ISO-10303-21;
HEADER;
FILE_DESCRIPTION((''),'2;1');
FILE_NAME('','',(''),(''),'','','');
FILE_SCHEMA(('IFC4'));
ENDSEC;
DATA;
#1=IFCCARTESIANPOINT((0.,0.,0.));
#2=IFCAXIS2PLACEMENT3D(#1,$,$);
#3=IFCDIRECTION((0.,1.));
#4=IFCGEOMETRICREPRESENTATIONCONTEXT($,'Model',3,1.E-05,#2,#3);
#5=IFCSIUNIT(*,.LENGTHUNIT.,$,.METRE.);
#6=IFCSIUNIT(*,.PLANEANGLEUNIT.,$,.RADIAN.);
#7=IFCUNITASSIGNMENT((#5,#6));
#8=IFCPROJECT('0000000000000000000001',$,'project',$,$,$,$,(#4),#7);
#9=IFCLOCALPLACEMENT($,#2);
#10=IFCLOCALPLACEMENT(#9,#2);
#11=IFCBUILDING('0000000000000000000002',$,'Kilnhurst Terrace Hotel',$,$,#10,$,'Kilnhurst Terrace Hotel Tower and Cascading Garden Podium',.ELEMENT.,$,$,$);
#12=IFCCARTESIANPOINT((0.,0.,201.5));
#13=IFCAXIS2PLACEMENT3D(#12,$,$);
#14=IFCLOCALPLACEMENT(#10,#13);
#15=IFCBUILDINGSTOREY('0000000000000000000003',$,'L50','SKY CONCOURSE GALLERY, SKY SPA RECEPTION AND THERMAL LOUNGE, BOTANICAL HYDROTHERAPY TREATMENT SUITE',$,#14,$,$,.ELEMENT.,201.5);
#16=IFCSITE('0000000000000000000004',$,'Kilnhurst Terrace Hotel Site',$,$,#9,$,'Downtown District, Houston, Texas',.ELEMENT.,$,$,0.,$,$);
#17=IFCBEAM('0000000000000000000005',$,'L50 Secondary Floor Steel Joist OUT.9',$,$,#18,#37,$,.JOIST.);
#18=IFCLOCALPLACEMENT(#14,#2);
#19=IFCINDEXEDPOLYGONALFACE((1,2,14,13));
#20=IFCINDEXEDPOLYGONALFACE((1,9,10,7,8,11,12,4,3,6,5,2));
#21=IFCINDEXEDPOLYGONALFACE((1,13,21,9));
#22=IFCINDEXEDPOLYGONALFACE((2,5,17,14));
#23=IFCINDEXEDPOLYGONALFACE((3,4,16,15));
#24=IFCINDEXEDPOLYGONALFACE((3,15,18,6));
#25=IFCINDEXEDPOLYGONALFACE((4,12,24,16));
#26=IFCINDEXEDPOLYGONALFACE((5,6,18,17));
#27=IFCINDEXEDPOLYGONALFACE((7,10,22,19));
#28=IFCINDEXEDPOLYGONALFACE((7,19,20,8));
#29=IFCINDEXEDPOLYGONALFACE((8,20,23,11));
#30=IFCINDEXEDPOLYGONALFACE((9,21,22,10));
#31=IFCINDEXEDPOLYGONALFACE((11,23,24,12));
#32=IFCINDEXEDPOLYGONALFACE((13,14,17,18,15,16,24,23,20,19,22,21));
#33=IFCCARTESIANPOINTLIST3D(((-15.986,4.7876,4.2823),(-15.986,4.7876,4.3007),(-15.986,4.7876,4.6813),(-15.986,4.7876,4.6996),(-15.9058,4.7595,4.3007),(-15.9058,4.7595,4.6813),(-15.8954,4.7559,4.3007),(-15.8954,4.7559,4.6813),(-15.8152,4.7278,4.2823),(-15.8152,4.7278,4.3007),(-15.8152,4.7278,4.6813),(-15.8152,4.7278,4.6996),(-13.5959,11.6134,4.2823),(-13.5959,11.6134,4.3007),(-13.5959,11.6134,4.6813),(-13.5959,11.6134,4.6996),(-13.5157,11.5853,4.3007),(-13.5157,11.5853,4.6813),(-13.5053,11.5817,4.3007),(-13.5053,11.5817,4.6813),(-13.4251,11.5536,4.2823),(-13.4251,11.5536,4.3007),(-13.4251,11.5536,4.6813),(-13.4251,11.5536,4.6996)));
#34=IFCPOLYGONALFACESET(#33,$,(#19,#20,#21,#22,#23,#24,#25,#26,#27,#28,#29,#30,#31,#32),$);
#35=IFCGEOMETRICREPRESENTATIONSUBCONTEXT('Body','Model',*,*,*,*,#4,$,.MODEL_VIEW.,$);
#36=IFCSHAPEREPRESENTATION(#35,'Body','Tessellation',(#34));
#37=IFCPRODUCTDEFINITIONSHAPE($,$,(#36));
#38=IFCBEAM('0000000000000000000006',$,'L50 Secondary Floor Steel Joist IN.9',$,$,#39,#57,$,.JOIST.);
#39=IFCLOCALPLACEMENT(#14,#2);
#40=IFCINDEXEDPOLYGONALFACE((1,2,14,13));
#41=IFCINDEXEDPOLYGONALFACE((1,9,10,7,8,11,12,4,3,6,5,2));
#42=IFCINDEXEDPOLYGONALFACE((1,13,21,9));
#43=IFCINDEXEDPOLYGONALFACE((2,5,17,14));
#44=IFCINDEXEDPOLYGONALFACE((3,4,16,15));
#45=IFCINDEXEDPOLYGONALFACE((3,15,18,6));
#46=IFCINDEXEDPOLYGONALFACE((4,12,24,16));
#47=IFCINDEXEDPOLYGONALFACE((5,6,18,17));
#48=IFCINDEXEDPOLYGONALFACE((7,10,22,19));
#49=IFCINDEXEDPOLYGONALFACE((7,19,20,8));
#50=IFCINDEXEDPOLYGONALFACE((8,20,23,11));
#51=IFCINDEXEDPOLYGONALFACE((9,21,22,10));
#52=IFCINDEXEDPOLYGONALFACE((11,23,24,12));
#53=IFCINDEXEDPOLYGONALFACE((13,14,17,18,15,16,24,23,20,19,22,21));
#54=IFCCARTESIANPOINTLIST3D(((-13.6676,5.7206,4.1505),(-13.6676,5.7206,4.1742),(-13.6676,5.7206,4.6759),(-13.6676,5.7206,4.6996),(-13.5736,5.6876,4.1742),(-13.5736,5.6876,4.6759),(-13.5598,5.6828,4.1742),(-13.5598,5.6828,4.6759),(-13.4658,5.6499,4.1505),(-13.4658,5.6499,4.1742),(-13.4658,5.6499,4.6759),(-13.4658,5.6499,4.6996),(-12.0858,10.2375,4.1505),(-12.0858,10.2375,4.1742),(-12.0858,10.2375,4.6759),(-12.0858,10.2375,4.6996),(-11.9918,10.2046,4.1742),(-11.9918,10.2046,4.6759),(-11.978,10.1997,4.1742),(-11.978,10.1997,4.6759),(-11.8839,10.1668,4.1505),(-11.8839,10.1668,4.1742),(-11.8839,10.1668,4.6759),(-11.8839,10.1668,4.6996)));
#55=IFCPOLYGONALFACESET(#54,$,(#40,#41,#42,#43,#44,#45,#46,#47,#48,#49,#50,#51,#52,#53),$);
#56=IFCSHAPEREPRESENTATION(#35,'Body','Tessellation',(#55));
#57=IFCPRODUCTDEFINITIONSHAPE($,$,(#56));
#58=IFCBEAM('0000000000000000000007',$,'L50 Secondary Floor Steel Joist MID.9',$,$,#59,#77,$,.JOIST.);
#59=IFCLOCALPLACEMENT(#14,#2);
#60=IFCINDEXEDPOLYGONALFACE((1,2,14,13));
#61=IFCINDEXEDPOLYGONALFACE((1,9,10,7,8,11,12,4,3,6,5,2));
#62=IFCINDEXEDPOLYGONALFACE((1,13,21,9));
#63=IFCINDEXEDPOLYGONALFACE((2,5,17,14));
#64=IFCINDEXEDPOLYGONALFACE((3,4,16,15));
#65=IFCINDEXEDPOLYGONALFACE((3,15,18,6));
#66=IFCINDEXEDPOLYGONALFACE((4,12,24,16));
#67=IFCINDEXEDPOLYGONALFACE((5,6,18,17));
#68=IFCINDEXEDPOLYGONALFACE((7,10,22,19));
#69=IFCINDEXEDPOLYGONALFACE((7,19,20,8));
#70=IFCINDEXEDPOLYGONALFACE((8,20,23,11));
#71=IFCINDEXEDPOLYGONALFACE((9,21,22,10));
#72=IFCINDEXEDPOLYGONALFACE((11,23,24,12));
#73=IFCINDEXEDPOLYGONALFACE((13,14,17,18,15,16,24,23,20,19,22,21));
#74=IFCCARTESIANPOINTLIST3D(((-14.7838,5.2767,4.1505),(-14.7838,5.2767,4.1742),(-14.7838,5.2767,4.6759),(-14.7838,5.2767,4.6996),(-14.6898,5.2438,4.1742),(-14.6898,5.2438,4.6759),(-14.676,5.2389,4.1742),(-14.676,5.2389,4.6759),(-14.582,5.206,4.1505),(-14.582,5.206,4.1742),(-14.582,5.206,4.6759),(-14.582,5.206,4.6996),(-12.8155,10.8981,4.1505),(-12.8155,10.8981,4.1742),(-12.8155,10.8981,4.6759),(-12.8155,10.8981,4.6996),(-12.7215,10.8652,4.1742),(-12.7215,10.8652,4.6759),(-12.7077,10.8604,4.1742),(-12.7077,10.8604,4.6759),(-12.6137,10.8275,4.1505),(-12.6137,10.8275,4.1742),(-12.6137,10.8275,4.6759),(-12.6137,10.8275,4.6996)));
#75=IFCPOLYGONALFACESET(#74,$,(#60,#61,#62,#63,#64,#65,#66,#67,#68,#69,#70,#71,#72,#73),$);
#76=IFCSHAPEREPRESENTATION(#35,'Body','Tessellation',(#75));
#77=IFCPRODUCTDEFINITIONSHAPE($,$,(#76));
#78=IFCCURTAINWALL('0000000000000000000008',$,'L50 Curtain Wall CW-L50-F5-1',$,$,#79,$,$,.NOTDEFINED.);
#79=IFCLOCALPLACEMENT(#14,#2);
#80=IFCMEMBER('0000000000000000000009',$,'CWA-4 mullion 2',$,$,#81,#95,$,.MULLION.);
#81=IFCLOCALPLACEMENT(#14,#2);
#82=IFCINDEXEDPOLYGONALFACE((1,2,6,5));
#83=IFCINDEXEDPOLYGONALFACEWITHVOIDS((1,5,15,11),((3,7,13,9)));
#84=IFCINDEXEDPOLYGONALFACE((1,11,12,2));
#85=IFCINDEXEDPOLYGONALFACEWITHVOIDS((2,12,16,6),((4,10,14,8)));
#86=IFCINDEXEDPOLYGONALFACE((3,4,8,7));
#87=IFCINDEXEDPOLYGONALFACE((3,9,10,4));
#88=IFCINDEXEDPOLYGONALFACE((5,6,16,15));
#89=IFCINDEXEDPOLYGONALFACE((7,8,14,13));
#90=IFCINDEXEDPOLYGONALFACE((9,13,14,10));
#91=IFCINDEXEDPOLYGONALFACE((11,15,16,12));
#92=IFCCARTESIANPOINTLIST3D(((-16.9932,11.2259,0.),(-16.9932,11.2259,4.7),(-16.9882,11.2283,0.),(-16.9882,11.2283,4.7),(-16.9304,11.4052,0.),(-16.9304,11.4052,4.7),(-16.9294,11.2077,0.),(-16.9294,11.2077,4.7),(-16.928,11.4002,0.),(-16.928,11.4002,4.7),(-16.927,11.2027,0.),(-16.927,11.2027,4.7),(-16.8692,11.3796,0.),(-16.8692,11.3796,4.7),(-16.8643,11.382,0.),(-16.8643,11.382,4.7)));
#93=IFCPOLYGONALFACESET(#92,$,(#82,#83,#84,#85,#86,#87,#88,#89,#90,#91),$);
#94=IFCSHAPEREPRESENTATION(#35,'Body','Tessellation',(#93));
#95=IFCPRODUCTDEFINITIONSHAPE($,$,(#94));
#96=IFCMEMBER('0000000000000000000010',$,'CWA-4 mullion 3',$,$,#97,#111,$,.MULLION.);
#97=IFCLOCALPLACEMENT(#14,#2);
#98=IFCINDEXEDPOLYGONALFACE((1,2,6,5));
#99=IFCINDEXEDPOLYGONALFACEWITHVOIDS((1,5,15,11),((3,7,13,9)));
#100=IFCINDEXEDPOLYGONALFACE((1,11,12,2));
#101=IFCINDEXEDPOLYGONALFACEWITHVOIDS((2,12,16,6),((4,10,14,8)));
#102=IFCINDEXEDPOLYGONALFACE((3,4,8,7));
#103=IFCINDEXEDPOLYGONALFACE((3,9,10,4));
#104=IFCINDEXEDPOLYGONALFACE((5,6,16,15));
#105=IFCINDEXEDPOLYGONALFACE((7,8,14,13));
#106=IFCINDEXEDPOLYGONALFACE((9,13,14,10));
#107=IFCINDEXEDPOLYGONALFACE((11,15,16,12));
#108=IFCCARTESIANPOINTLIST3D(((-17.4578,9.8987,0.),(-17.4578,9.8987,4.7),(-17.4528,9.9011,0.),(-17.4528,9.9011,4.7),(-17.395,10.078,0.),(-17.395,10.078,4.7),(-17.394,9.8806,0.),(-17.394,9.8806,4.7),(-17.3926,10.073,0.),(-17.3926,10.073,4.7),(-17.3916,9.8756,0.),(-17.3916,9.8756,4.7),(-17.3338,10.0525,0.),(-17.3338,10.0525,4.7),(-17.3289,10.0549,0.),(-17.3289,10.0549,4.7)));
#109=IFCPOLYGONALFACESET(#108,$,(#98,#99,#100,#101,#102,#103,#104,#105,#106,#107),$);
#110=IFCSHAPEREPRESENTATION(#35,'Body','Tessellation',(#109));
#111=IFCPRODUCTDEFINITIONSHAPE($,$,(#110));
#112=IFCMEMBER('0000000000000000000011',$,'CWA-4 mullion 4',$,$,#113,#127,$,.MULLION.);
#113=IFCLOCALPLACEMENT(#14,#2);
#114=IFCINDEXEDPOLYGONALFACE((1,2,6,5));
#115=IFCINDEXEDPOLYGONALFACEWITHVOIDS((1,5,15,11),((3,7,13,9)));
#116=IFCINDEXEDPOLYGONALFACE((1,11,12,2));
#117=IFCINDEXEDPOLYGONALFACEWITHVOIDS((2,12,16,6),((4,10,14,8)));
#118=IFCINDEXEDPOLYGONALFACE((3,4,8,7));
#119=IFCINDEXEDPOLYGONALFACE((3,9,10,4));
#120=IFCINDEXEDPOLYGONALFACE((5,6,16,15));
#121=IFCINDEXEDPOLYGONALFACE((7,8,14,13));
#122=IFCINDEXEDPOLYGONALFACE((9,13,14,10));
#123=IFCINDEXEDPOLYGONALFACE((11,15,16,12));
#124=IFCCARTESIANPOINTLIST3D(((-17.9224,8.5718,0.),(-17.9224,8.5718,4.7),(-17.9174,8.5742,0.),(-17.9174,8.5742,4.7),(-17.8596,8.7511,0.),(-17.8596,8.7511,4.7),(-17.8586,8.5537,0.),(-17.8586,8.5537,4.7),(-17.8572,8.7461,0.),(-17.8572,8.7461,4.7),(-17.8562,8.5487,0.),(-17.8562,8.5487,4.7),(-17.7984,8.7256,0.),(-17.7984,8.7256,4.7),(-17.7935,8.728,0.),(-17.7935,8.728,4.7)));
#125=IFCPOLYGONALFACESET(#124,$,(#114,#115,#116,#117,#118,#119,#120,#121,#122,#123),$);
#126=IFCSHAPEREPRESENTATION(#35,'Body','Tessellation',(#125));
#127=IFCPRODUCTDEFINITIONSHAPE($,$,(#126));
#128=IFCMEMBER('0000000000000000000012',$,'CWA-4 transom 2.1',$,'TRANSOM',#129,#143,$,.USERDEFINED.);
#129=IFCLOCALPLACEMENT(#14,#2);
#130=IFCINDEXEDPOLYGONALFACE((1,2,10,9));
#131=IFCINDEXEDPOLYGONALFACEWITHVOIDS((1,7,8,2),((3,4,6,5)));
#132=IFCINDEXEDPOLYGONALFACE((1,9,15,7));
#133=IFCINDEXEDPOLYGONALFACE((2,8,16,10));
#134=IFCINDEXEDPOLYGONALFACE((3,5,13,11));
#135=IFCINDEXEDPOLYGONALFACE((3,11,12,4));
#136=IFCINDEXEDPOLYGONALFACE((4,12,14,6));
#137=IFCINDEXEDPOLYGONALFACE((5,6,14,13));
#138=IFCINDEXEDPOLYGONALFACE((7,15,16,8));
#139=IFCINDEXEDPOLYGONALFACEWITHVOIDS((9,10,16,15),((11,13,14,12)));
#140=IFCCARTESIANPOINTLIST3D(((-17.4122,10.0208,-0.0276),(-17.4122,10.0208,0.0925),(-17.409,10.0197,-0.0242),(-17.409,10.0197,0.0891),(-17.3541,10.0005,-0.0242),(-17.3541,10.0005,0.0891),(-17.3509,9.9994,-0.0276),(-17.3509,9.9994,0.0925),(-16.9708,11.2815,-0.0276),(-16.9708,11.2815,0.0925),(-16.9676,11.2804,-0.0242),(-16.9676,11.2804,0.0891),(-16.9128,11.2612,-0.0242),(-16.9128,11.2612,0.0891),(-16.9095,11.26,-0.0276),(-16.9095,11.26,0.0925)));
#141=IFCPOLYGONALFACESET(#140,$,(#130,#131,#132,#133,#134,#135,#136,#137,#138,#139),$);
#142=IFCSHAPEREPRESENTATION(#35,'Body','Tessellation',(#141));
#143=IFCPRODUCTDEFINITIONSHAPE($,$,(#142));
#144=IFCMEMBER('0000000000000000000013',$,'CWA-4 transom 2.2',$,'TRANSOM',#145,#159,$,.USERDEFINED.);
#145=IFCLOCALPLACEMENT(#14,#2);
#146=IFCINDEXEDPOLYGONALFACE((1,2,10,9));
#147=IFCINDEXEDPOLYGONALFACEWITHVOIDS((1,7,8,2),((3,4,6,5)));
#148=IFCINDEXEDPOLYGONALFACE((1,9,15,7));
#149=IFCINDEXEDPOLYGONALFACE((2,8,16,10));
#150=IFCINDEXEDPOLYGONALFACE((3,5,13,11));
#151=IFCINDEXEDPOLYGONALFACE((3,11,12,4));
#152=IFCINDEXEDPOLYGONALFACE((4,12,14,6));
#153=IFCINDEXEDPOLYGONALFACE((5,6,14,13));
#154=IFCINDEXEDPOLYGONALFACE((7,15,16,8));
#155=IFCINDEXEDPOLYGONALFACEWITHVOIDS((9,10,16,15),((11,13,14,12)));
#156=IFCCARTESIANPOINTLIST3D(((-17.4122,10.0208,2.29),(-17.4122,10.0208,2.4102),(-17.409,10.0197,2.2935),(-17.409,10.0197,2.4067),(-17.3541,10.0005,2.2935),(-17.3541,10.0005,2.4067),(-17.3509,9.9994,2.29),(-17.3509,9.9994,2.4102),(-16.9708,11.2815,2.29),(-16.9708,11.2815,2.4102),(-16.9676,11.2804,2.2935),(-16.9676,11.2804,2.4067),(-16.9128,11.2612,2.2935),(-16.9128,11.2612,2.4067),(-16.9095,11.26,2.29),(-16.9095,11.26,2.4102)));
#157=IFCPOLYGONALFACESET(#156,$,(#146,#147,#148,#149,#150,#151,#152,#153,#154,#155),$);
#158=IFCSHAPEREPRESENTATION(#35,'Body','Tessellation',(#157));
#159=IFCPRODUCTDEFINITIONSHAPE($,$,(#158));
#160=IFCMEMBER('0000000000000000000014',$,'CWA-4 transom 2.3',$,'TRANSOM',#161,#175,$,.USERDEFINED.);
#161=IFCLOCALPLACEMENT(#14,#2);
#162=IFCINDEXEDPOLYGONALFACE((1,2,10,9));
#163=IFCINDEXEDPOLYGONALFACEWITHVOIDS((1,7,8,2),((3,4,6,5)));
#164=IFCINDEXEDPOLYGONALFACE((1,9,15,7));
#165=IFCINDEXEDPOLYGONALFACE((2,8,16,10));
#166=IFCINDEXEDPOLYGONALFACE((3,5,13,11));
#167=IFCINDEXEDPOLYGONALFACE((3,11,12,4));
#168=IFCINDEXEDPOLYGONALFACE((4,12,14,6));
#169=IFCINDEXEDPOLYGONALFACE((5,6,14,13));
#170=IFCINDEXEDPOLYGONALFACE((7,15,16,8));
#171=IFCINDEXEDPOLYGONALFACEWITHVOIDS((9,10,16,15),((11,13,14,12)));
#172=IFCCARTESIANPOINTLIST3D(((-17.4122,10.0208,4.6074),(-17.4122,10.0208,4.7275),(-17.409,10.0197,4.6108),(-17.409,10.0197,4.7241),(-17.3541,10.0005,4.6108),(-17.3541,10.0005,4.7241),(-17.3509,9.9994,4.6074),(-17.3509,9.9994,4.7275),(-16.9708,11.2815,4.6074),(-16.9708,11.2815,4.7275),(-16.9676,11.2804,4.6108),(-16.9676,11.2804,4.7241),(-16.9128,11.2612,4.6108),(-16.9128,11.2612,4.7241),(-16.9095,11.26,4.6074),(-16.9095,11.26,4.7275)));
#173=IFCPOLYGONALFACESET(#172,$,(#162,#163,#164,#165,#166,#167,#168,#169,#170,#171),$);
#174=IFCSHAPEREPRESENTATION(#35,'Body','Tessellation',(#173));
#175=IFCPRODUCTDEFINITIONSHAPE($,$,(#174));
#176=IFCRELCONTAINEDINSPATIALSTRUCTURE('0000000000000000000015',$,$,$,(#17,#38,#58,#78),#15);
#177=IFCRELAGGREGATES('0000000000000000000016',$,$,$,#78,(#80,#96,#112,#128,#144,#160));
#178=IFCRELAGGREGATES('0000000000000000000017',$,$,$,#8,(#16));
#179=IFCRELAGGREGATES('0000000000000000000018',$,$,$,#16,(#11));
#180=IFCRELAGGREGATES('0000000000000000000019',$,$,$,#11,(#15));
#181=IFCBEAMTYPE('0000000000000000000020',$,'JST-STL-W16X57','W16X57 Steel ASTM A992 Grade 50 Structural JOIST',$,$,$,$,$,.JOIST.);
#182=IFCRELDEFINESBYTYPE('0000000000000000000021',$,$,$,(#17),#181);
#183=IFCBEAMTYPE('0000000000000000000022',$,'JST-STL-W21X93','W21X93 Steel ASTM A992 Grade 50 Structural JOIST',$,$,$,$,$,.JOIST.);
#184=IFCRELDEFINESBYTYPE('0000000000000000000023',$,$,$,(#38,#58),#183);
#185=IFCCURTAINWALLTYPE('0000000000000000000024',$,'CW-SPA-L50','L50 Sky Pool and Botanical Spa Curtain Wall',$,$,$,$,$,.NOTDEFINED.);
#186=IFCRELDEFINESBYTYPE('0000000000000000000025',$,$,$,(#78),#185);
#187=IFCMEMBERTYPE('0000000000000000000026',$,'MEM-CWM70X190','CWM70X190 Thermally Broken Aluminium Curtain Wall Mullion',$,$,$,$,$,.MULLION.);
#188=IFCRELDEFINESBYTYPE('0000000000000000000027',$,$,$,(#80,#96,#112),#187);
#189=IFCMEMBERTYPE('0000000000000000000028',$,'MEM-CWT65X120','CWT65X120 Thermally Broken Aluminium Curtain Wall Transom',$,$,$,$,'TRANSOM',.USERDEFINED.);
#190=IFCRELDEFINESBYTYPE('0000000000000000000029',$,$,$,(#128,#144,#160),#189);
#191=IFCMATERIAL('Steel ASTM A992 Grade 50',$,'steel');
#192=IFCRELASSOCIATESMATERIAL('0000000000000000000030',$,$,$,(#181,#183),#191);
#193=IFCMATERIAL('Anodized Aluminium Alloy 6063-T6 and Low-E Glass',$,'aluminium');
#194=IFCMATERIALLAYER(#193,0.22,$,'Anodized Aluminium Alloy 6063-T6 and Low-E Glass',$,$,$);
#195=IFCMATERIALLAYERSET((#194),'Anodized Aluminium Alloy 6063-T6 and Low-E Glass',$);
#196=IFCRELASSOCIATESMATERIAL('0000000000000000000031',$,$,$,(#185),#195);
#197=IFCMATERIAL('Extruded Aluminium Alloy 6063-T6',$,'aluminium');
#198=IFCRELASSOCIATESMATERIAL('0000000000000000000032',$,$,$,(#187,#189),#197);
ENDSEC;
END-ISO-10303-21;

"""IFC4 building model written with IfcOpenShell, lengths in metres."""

from ifc_helpers import new_model, si_unit, direction, frame, origin, origin_2d, place, context, subcontext, project, spatial, hollow_rectangle, i_section, extrude, material, layer, layer_set, material_profile, profile_set, type_object, element, aggregate, save


model = new_model("IFC4")

# Units and contexts
model_context = context("Model", 3, precision=1e-05, world=origin(), true_north=direction((0.0, 1.0)))
body_context = subcontext(model_context, "Body", "Model", "MODEL_VIEW")
ifc_project = project(units=[si_unit("LENGTHUNIT", "METRE"), si_unit("PLANEANGLEUNIT", "RADIAN")], contexts=[model_context])

# Site, building, storey
site_placement = place(None, origin())
site = spatial("IfcSite", under=ifc_project, at=site_placement, Name="Kilnhurst Terrace Hotel Site", LongName="Downtown District, Houston, Texas", CompositionType="ELEMENT", RefElevation=0.0)
building_placement = place(site_placement, origin())
building = spatial("IfcBuilding", under=site, at=building_placement, Name="Kilnhurst Terrace Hotel", LongName="Kilnhurst Terrace Hotel Tower and Cascading Garden Podium", CompositionType="ELEMENT")
storey_placement = place(building_placement, frame((0.0, 0.0, 201.5)))
storey = spatial("IfcBuildingStorey", under=building, at=storey_placement, Name="L50", Description="SKY CONCOURSE GALLERY, SKY SPA RECEPTION AND THERMAL LOUNGE, BOTANICAL HYDROTHERAPY TREATMENT SUITE", CompositionType="ELEMENT", Elevation=201.5)

# Beams
ifc_material_1 = material(Name="Steel ASTM A992 Grade 50", Category="steel")
ifc_material_profile_1 = material_profile(ifc_material_1, i_section(OverallWidth=0.1809, OverallDepth=0.4172, WebThickness=0.011, FlangeThickness=0.0183, at=origin_2d()), Name="W16X57")
ifc_profile_set_1 = profile_set([ifc_material_profile_1], Name="Steel ASTM A992 Grade 50")
beam_type_1 = type_object("IfcBeamType", Name="JST-STL-W16X57", Description="W16X57 Steel ASTM A992 Grade 50 Structural JOIST", PredefinedType="JOIST", material=ifc_profile_set_1)
beam_1_placement = place(storey_placement, frame((-13.5105, 11.5835, 4.491), z_axis=(-0.330481, -0.943813, 0.0), x_axis=(0.943813, -0.330481, 0.0)))
element("IfcBeam", 1, at=beam_1_placement, inside=storey, type_object=beam_type_1, Name="L50 Secondary Floor Steel Joist OUT.9", PredefinedType="JOIST", context=body_context, shape_type="SweptSolid", body=[
    extrude(i_section(OverallWidth=0.1809, OverallDepth=0.4172, WebThickness=0.011, FlangeThickness=0.0183, at=origin_2d()), origin(), (0.0, 0.0, 1.0), 7.2322),
])
ifc_material_profile_2 = material_profile(ifc_material_1, i_section(OverallWidth=0.2139, OverallDepth=0.5491, WebThickness=0.0146, FlangeThickness=0.0237, at=origin_2d()), Name="W21X93")
ifc_profile_set_2 = profile_set([ifc_material_profile_2], Name="Steel ASTM A992 Grade 50")
beam_type_2 = type_object("IfcBeamType", Name="JST-STL-W21X93", Description="W21X93 Steel ASTM A992 Grade 50 Structural JOIST", PredefinedType="JOIST", material=ifc_profile_set_2)
beam_2_placement = place(storey_placement, frame((-11.9849, 10.2021, 4.425), z_axis=(-0.330516, -0.9438, 0.0), x_axis=(0.9438, -0.330516, 0.0)))
element("IfcBeam", 2, at=beam_2_placement, inside=storey, type_object=beam_type_2, Name="L50 Secondary Floor Steel Joist IN.9", PredefinedType="JOIST", context=body_context, shape_type="SweptSolid", body=[
    extrude(i_section(OverallWidth=0.2139, OverallDepth=0.5491, WebThickness=0.0146, FlangeThickness=0.0237, at=origin_2d()), origin(), (0.0, 0.0, 1.0), 4.7859),
])
beam_3_placement = place(storey_placement, frame((-12.7146, 10.8628, 4.425), z_axis=(-0.330469, -0.943817, 0.0), x_axis=(0.943817, -0.330469, 0.0)))
element("IfcBeam", 3, at=beam_3_placement, inside=storey, type_object=beam_type_2, Name="L50 Secondary Floor Steel Joist MID.9", PredefinedType="JOIST", context=body_context, shape_type="SweptSolid", body=[
    extrude(i_section(OverallWidth=0.2139, OverallDepth=0.5491, WebThickness=0.0146, FlangeThickness=0.0237, at=origin_2d()), origin(), (0.0, 0.0, 1.0), 5.9561),
])

# Curtain wall, members
ifc_material_2 = material(Name="Anodized Aluminium Alloy 6063-T6 and Low-E Glass", Category="aluminium")
ifc_layer_1 = layer(ifc_material_2, 0.22, Name="Anodized Aluminium Alloy 6063-T6 and Low-E Glass")
ifc_layer_set_1 = layer_set([ifc_layer_1], Name="Anodized Aluminium Alloy 6063-T6 and Low-E Glass")
curtain_wall_type = type_object("IfcCurtainWallType", Name="CW-SPA-L50", Description="L50 Sky Pool and Botanical Spa Curtain Wall", PredefinedType="NOTDEFINED", material=ifc_layer_set_1)
curtain_wall_placement = place(storey_placement, origin())
curtain_wall = element("IfcCurtainWall", 4, at=curtain_wall_placement, inside=storey, type_object=curtain_wall_type, Name="L50 Curtain Wall CW-L50-F5-1", PredefinedType="NOTDEFINED")
ifc_material_3 = material(Name="Extruded Aluminium Alloy 6063-T6", Category="aluminium")
ifc_material_profile_3 = material_profile(ifc_material_3, hollow_rectangle(XDim=0.0701, YDim=0.1899, WallThickness=0.0039, at=origin_2d()), Name="CWM70X190")
ifc_profile_set_3 = profile_set([ifc_material_profile_3], Name="Extruded Aluminium Alloy 6063-T6")
member_type_1 = type_object("IfcMemberType", Name="MEM-CWM70X190", Description="CWM70X190 Thermally Broken Aluminium Curtain Wall Mullion", PredefinedType="MULLION", material=ifc_profile_set_3)
member_1_placement = place(storey_placement, frame((-16.9287, 11.304, 0.0), z_axis=(0.0, 0.0, 1.0), x_axis=(0.943826, -0.330442, 0.0)))
member_1 = element("IfcMember", 5, at=member_1_placement, type_object=member_type_1, Name="CWA-4 mullion 2", PredefinedType="MULLION", context=body_context, shape_type="SweptSolid", body=[
    extrude(hollow_rectangle(XDim=0.0701, YDim=0.1899, WallThickness=0.0039, at=origin_2d()), origin(), (0.0, 0.0, 1.0), 4.7),
])
member_2_placement = place(storey_placement, frame((-17.3933, 9.9768, 0.0), z_axis=(0.0, 0.0, 1.0), x_axis=(0.943826, -0.330442, 0.0)))
member_2 = element("IfcMember", 6, at=member_2_placement, type_object=member_type_1, Name="CWA-4 mullion 3", PredefinedType="MULLION", context=body_context, shape_type="SweptSolid", body=[
    extrude(hollow_rectangle(XDim=0.0701, YDim=0.1899, WallThickness=0.0039, at=origin_2d()), origin(), (0.0, 0.0, 1.0), 4.7),
])
member_3_placement = place(storey_placement, frame((-17.8579, 8.6499, 0.0), z_axis=(0.0, 0.0, 1.0), x_axis=(0.943826, -0.330442, 0.0)))
member_3 = element("IfcMember", 7, at=member_3_placement, type_object=member_type_1, Name="CWA-4 mullion 4", PredefinedType="MULLION", context=body_context, shape_type="SweptSolid", body=[
    extrude(hollow_rectangle(XDim=0.0701, YDim=0.1899, WallThickness=0.0039, at=origin_2d()), origin(), (0.0, 0.0, 1.0), 4.7),
])
ifc_material_profile_4 = material_profile(ifc_material_3, hollow_rectangle(XDim=0.0649, YDim=0.1201, WallThickness=0.0034, at=origin_2d()), Name="CWT65X120")
ifc_profile_set_4 = profile_set([ifc_material_profile_4], Name="Extruded Aluminium Alloy 6063-T6")
member_type_2 = type_object("IfcMemberType", Name="MEM-CWT65X120", Description="CWT65X120 Thermally Broken Aluminium Curtain Wall Transom", ElementType="TRANSOM", PredefinedType="USERDEFINED", material=ifc_profile_set_4)
member_4_placement = place(storey_placement, frame((-16.9402, 11.2708, 0.0325), z_axis=(-0.330448, -0.943824, 0.0), x_axis=(0.943824, -0.330448, 0.0)))
member_4 = element("IfcMember", 8, at=member_4_placement, type_object=member_type_2, Name="CWA-4 transom 2.1", ObjectType="TRANSOM", PredefinedType="USERDEFINED", context=body_context, shape_type="SweptSolid", body=[
    extrude(hollow_rectangle(XDim=0.0649, YDim=0.1201, WallThickness=0.0034, at=origin_2d()), origin(), (0.0, 0.0, 1.0), 1.3357),
])
member_5_placement = place(storey_placement, frame((-16.9402, 11.2708, 2.3501), z_axis=(-0.330448, -0.943824, 0.0), x_axis=(0.943824, -0.330448, 0.0)))
member_5 = element("IfcMember", 9, at=member_5_placement, type_object=member_type_2, Name="CWA-4 transom 2.2", ObjectType="TRANSOM", PredefinedType="USERDEFINED", context=body_context, shape_type="SweptSolid", body=[
    extrude(hollow_rectangle(XDim=0.0649, YDim=0.1201, WallThickness=0.0034, at=origin_2d()), origin(), (0.0, 0.0, 1.0), 1.3357),
])
member_6_placement = place(storey_placement, frame((-16.9402, 11.2708, 4.6675), z_axis=(-0.330448, -0.943824, 0.0), x_axis=(0.943824, -0.330448, 0.0)))
member_6 = element("IfcMember", 10, at=member_6_placement, type_object=member_type_2, Name="CWA-4 transom 2.3", ObjectType="TRANSOM", PredefinedType="USERDEFINED", context=body_context, shape_type="SweptSolid", body=[
    extrude(hollow_rectangle(XDim=0.0649, YDim=0.1201, WallThickness=0.0034, at=origin_2d()), origin(), (0.0, 0.0, 1.0), 1.3357),
])
aggregate(curtain_wall, [member_1, member_2, member_3, member_4, member_5, member_6])

save(model, "model.ifc")
